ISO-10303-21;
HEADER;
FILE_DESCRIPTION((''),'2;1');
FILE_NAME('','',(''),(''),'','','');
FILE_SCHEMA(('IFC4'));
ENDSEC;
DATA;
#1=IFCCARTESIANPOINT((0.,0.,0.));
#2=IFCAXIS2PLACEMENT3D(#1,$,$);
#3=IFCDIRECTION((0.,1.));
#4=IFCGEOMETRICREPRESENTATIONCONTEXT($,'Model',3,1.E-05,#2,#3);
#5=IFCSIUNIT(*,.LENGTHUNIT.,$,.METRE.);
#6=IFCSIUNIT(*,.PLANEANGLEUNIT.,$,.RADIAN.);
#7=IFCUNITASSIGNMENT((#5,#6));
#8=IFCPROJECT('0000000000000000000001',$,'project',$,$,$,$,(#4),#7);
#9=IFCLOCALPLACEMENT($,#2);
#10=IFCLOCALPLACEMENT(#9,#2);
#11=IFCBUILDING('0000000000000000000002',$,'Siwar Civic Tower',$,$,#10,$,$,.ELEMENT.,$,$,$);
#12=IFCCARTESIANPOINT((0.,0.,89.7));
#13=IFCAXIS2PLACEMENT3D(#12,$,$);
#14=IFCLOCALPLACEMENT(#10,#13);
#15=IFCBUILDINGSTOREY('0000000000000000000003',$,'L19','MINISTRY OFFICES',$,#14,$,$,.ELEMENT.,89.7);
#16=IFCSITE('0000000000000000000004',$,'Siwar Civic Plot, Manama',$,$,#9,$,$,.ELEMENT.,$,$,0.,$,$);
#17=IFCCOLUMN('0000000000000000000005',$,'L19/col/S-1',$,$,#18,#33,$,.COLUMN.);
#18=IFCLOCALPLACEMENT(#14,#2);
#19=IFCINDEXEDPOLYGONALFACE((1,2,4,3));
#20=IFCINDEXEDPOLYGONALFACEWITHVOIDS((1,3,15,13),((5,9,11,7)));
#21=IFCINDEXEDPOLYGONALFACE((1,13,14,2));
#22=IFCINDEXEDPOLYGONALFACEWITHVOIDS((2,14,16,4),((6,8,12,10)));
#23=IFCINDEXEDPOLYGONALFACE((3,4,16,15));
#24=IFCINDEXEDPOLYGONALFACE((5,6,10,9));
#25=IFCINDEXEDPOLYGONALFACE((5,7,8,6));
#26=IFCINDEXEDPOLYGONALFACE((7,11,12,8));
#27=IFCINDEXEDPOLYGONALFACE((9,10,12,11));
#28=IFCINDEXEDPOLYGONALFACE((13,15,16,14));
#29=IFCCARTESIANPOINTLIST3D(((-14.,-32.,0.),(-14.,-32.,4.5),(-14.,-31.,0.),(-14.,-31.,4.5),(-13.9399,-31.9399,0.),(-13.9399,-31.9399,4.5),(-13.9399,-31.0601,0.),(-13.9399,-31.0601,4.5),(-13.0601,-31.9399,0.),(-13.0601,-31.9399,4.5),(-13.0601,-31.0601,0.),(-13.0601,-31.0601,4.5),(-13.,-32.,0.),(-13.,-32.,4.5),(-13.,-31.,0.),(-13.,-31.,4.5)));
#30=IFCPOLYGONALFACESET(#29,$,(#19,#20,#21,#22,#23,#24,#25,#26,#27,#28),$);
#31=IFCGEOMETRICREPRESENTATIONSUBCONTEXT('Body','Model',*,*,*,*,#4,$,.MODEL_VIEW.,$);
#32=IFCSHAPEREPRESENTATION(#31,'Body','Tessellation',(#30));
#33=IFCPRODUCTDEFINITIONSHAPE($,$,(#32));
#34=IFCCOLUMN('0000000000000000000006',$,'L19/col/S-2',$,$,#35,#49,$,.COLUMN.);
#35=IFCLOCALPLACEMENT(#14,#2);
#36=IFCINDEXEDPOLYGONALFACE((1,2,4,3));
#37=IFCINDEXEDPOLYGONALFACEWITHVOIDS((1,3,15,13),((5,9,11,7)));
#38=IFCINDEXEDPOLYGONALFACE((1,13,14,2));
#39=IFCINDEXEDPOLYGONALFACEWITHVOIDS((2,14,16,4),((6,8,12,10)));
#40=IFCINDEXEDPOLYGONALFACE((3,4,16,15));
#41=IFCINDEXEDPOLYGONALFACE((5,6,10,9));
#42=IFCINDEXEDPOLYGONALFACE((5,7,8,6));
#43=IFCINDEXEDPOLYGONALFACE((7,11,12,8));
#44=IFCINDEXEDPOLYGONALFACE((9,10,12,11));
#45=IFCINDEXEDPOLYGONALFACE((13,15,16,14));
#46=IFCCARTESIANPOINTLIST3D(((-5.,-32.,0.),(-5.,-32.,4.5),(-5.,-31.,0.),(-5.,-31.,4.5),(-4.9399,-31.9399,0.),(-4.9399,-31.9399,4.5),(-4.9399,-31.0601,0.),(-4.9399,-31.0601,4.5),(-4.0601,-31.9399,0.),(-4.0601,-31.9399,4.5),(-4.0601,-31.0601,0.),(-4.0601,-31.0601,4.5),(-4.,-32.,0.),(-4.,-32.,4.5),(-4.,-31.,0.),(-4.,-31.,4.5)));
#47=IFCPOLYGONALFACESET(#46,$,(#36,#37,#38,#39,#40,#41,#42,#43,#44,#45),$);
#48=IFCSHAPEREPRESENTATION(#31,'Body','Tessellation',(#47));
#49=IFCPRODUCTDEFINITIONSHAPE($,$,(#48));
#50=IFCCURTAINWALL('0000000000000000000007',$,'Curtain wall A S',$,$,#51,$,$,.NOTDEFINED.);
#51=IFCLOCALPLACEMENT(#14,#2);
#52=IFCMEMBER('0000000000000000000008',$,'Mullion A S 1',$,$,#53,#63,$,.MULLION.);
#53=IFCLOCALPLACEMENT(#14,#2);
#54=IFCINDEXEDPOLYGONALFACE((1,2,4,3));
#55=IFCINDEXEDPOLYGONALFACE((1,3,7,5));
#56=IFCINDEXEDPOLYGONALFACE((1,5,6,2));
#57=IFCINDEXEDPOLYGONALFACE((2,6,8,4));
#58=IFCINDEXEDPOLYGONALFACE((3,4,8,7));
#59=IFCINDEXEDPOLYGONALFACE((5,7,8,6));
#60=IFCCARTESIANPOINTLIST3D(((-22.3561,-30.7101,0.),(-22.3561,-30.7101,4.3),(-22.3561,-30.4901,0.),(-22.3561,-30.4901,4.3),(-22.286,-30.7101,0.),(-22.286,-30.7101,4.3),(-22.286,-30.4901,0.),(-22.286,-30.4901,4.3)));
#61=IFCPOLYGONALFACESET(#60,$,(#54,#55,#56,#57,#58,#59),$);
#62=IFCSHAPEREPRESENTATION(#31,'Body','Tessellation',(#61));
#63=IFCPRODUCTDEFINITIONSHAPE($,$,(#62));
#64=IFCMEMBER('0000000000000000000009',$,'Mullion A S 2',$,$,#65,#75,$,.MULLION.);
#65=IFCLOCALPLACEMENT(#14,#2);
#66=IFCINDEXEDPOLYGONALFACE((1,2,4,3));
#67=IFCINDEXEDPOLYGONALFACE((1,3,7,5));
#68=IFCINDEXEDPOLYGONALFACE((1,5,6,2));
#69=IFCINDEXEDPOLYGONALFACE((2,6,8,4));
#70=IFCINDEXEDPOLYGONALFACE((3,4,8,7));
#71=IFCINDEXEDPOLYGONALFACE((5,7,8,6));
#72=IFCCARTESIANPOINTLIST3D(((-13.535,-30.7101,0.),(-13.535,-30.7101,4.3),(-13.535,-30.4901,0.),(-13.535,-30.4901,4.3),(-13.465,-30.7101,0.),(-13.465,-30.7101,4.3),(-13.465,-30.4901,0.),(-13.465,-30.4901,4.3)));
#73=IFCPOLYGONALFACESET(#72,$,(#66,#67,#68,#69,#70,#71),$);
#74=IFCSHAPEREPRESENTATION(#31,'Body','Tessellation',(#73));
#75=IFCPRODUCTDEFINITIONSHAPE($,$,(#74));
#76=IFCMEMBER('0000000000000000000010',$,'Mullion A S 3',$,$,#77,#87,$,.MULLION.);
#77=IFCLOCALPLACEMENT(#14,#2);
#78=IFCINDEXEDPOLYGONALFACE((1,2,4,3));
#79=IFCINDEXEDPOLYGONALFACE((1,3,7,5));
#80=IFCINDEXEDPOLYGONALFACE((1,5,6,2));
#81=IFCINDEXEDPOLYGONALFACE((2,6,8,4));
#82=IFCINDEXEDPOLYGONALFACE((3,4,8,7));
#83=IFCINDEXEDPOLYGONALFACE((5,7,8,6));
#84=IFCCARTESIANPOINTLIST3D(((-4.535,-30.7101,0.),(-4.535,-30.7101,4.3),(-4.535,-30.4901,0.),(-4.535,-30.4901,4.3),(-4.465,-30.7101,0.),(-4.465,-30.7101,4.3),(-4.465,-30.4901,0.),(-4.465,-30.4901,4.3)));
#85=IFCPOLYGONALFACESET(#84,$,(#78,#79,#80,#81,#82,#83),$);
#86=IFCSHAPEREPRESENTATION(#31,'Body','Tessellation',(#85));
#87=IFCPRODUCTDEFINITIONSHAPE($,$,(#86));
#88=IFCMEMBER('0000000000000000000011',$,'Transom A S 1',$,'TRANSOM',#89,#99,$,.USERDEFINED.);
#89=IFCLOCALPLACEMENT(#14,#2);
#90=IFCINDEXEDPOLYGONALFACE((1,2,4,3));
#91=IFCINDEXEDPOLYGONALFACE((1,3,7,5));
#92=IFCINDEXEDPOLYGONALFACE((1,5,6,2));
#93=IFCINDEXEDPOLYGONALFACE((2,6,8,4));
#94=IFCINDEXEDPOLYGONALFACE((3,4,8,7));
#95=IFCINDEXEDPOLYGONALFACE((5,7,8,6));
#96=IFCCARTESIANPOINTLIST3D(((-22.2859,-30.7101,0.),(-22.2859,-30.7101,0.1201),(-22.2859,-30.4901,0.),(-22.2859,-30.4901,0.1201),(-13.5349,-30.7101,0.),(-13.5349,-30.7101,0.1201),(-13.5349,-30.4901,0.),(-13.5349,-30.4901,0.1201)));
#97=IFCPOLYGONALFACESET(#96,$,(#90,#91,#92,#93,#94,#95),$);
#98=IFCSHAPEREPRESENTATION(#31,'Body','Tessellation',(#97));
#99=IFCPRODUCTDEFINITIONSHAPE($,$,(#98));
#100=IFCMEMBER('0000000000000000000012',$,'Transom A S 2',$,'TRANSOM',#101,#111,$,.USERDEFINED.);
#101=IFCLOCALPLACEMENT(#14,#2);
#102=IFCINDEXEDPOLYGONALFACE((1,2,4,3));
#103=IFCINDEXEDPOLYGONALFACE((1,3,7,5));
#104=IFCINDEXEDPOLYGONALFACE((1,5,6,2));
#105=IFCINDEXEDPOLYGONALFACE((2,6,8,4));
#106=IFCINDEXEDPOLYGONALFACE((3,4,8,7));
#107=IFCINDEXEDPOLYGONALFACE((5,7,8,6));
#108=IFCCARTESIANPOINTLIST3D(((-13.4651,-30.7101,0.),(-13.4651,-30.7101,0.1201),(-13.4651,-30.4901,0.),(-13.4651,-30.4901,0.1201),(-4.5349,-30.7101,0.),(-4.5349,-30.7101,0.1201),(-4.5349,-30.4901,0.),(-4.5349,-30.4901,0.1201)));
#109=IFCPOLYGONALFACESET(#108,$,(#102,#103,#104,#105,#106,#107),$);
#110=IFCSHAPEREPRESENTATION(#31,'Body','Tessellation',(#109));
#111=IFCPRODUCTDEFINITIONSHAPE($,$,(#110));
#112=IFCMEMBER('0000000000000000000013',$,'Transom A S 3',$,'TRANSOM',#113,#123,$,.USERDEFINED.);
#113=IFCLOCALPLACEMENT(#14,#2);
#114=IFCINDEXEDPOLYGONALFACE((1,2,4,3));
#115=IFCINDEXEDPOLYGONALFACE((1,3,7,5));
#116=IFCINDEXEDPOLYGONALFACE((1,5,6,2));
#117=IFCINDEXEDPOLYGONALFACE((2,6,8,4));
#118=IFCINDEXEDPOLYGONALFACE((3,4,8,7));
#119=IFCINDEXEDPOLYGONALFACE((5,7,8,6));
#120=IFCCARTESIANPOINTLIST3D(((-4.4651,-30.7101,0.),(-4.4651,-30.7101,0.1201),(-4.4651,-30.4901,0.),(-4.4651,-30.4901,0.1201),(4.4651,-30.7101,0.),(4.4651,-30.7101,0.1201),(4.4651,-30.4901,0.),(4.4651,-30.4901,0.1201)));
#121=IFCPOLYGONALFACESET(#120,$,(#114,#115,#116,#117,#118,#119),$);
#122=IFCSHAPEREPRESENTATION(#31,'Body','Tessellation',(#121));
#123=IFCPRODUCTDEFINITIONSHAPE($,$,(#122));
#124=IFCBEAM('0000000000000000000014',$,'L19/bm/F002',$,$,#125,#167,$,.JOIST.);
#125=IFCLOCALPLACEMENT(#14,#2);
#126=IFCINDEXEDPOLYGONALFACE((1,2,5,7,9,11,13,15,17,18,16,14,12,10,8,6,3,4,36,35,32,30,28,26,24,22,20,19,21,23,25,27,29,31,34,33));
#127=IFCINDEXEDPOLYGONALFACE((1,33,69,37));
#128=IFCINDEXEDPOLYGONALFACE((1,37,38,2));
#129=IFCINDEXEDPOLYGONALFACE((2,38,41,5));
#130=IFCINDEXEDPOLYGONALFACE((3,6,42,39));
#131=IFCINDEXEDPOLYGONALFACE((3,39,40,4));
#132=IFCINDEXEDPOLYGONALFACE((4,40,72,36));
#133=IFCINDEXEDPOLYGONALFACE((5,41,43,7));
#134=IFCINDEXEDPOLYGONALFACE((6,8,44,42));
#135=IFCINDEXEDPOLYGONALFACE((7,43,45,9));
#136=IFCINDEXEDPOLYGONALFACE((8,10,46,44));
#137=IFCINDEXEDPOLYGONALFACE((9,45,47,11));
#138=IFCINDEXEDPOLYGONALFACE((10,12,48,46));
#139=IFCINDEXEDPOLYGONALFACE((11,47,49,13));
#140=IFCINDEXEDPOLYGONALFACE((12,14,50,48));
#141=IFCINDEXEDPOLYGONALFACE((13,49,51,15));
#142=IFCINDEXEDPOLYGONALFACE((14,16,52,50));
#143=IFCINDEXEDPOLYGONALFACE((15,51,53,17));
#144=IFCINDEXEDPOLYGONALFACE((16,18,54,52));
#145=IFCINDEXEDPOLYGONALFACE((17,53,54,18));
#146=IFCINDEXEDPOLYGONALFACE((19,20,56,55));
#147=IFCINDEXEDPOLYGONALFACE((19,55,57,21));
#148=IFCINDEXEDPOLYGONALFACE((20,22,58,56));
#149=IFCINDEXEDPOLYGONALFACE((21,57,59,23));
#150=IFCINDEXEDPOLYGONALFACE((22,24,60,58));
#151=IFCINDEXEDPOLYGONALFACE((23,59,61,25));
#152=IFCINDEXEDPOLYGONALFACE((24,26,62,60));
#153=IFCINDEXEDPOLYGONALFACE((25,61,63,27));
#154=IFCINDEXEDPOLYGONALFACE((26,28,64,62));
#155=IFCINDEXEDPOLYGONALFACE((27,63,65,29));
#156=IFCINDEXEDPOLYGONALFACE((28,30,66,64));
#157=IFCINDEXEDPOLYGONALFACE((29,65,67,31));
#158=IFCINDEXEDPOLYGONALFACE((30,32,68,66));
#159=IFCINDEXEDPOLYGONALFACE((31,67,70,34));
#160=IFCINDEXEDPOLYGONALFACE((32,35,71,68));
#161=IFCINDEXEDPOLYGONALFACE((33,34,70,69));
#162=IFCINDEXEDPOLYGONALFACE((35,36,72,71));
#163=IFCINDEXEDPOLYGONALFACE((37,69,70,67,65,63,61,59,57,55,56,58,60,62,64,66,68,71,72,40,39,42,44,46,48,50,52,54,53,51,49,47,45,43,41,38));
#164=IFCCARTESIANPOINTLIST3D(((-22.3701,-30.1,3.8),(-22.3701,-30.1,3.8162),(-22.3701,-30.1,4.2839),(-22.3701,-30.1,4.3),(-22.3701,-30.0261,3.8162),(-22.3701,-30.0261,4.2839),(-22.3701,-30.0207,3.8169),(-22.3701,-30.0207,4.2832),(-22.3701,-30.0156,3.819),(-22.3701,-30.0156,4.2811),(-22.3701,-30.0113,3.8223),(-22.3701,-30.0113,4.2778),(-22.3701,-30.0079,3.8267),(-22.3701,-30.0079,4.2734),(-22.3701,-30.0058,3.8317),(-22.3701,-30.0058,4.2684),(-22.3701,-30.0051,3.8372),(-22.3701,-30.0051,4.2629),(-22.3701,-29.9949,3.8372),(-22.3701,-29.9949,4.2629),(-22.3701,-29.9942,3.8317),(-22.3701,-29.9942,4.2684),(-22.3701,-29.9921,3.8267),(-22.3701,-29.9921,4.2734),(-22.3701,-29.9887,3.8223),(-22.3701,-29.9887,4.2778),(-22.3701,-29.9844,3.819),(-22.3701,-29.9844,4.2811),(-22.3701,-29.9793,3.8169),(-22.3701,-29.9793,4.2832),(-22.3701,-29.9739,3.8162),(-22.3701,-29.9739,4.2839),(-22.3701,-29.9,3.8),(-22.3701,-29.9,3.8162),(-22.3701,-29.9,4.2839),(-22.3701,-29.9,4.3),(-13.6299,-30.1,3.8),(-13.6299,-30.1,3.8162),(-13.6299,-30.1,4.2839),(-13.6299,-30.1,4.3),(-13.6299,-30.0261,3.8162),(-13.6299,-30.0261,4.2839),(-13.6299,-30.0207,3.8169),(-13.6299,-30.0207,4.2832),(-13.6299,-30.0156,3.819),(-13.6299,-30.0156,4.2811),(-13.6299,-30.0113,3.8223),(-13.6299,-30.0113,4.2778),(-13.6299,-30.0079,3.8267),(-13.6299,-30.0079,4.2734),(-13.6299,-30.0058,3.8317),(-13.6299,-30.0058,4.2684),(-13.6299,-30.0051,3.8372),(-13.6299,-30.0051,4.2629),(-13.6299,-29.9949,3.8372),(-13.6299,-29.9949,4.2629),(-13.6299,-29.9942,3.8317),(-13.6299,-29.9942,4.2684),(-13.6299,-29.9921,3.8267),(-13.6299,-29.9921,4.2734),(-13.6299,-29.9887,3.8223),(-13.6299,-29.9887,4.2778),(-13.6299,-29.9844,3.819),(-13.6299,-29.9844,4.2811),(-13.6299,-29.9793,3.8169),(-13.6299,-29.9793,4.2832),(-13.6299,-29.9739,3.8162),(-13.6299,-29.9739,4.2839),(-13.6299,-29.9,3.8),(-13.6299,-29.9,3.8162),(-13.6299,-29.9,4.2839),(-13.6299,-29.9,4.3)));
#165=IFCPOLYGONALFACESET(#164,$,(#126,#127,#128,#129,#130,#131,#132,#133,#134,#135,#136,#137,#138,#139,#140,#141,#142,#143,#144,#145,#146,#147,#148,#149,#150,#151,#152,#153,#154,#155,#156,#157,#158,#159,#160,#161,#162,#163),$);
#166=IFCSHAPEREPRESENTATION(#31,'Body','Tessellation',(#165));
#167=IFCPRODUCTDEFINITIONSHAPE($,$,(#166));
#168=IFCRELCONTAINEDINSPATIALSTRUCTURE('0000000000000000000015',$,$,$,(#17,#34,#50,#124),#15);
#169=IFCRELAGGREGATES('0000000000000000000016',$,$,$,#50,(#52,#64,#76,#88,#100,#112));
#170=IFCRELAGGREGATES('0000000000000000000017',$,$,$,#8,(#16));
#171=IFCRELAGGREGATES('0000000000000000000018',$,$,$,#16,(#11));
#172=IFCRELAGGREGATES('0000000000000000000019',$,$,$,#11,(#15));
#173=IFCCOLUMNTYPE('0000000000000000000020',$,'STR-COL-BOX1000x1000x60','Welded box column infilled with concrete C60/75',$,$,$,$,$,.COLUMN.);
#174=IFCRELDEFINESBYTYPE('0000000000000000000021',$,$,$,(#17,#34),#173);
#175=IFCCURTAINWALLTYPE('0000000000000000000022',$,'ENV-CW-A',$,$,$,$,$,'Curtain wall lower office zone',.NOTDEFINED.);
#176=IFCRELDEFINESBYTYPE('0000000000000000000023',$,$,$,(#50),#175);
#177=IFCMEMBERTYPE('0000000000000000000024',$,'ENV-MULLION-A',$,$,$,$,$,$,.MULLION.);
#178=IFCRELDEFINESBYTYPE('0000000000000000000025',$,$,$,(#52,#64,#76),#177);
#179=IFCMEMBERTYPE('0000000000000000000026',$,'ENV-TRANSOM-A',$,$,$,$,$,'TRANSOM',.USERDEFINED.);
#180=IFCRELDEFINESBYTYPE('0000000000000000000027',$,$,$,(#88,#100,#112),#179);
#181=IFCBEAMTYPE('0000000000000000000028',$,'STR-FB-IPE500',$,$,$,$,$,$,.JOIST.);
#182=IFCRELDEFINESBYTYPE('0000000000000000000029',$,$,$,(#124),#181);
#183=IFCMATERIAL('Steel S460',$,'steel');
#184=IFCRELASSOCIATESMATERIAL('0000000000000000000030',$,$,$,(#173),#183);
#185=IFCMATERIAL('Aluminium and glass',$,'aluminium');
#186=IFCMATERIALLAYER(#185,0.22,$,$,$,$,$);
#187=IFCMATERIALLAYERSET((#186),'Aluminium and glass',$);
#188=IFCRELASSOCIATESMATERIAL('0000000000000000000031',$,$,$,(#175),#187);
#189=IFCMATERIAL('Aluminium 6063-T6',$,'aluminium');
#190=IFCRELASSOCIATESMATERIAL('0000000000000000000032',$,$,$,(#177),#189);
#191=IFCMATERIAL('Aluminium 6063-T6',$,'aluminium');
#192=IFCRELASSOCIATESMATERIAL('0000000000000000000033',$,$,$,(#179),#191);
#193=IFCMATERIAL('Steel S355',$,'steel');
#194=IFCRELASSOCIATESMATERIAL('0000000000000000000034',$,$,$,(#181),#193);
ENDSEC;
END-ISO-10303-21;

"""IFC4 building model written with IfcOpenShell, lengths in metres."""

from ifc_helpers import new_model, si_unit, direction, frame, origin, origin_2d, place, context, subcontext, project, spatial, rectangle, hollow_rectangle, i_section, extrude, material, layer, layer_set, material_profile, profile_set, type_object, element, aggregate, save


model = new_model("IFC4")

# Units and contexts
model_context = context("Model", 3, precision=1e-05, world=origin(), true_north=direction((0.0, 1.0)))
body_context = subcontext(model_context, "Body", "Model", "MODEL_VIEW")
ifc_project = project(units=[si_unit("LENGTHUNIT", "METRE"), si_unit("PLANEANGLEUNIT", "RADIAN")], contexts=[model_context])

# Site, building, storey
site_placement = place(None, origin())
site = spatial("IfcSite", under=ifc_project, at=site_placement, Name="Siwar Civic Plot, Manama", CompositionType="ELEMENT", RefElevation=0.0)
building_placement = place(site_placement, origin())
building = spatial("IfcBuilding", under=site, at=building_placement, Name="Siwar Civic Tower", CompositionType="ELEMENT")
storey_placement = place(building_placement, frame((0.0, 0.0, 89.7)))
storey = spatial("IfcBuildingStorey", under=building, at=storey_placement, Name="L19", Description="MINISTRY OFFICES", CompositionType="ELEMENT", Elevation=89.7)

# Columns
ifc_material_1 = material(Name="Steel S460", Category="steel")
ifc_material_profile_1 = material_profile(ifc_material_1, hollow_rectangle(XDim=1.0, YDim=1.0, WallThickness=0.0601, at=origin_2d()), Name="BOX1000x1000x60")
ifc_profile_set_1 = profile_set([ifc_material_profile_1], Name="Steel S460")
column_type = type_object("IfcColumnType", Name="STR-COL-BOX1000x1000x60", Description="Welded box column infilled with concrete C60/75", PredefinedType="COLUMN", material=ifc_profile_set_1)
for number, where, z_axis, x_axis, name in (
    (1, (-13.5, -31.5, 0.0), (0.0, 0.0, 1.0), (1.0, 0.0, 0.0), "L19/col/S-1"),
    (2, (-4.5, -31.5, 0.0), (0.0, 0.0, 1.0), (1.0, 0.0, 0.0), "L19/col/S-2"),
):
    element("IfcColumn", number, at=place(storey_placement, frame(where, z_axis=z_axis, x_axis=x_axis)), inside=storey, type_object=column_type, Name=name, PredefinedType="COLUMN", context=body_context, shape_type="SweptSolid", body=[
        extrude(hollow_rectangle(XDim=1.0, YDim=1.0, WallThickness=0.0601, at=origin_2d()), origin(), (0.0, 0.0, 1.0), 4.5),
    ])

# Curtain wall, members
ifc_material_2 = material(Name="Aluminium and glass", Category="aluminium")
ifc_layer_1 = layer(ifc_material_2, 0.22)
ifc_layer_set_1 = layer_set([ifc_layer_1], Name="Aluminium and glass")
curtain_wall_type = type_object("IfcCurtainWallType", Name="ENV-CW-A", ElementType="Curtain wall lower office zone", PredefinedType="NOTDEFINED", material=ifc_layer_set_1)
curtain_wall_placement = place(storey_placement, origin())
curtain_wall = element("IfcCurtainWall", 3, at=curtain_wall_placement, inside=storey, type_object=curtain_wall_type, Name="Curtain wall A S", PredefinedType="NOTDEFINED")
ifc_material_3 = material(Name="Aluminium 6063-T6", Category="aluminium")
ifc_material_profile_2 = material_profile(ifc_material_3, rectangle(XDim=0.22, YDim=0.0701, at=origin_2d()), Name="AL 220x70")
ifc_profile_set_2 = profile_set([ifc_material_profile_2], Name="Aluminium 6063-T6")
member_type_1 = type_object("IfcMemberType", Name="ENV-MULLION-A", PredefinedType="MULLION", material=ifc_profile_set_2)
member_1_placement = place(storey_placement, frame((-22.321, -30.6001, 0.0), z_axis=(0.0, 0.0, 1.0), x_axis=(0.0, 1.0, 0.0)))
member_1 = element("IfcMember", 4, at=member_1_placement, type_object=member_type_1, Name="Mullion A S 1", PredefinedType="MULLION", context=body_context, shape_type="SweptSolid", body=[
    extrude(rectangle(XDim=0.22, YDim=0.0701, at=origin_2d()), origin(), (0.0, 0.0, 1.0), 4.3),
])
member_2_placement = place(storey_placement, frame((-13.5, -30.6001, 0.0), z_axis=(0.0, 0.0, 1.0), x_axis=(0.0, 1.0, 0.0)))
member_2 = element("IfcMember", 5, at=member_2_placement, type_object=member_type_1, Name="Mullion A S 2", PredefinedType="MULLION", context=body_context, shape_type="SweptSolid", body=[
    extrude(rectangle(XDim=0.22, YDim=0.0701, at=origin_2d()), origin(), (0.0, 0.0, 1.0), 4.3),
])
member_3_placement = place(storey_placement, frame((-4.5, -30.6001, 0.0), z_axis=(0.0, 0.0, 1.0), x_axis=(0.0, 1.0, 0.0)))
member_3 = element("IfcMember", 6, at=member_3_placement, type_object=member_type_1, Name="Mullion A S 3", PredefinedType="MULLION", context=body_context, shape_type="SweptSolid", body=[
    extrude(rectangle(XDim=0.22, YDim=0.0701, at=origin_2d()), origin(), (0.0, 0.0, 1.0), 4.3),
])
ifc_material_4 = material(Name="Aluminium 6063-T6", Category="aluminium")
ifc_material_profile_3 = material_profile(ifc_material_4, rectangle(XDim=0.22, YDim=0.1201, at=origin_2d()), Name="AL 220x120")
ifc_profile_set_3 = profile_set([ifc_material_profile_3], Name="Aluminium 6063-T6")
member_type_2 = type_object("IfcMemberType", Name="ENV-TRANSOM-A", ElementType="TRANSOM", PredefinedType="USERDEFINED", material=ifc_profile_set_3)
member_4_placement = place(storey_placement, frame((-22.2859, -30.6001, 0.0601), z_axis=(1.0, 0.0, 0.0), x_axis=(0.0, 1.0, 0.0)))
member_4 = element("IfcMember", 7, at=member_4_placement, type_object=member_type_2, Name="Transom A S 1", ObjectType="TRANSOM", PredefinedType="USERDEFINED", context=body_context, shape_type="SweptSolid", body=[
    extrude(rectangle(XDim=0.22, YDim=0.1201, at=origin_2d()), origin(), (0.0, 0.0, 1.0), 8.751),
])
member_5_placement = place(storey_placement, frame((-13.4651, -30.6001, 0.0601), z_axis=(1.0, 0.0, 0.0), x_axis=(0.0, 1.0, 0.0)))
member_5 = element("IfcMember", 8, at=member_5_placement, type_object=member_type_2, Name="Transom A S 2", ObjectType="TRANSOM", PredefinedType="USERDEFINED", context=body_context, shape_type="SweptSolid", body=[
    extrude(rectangle(XDim=0.22, YDim=0.1201, at=origin_2d()), origin(), (0.0, 0.0, 1.0), 8.9302),
])
member_6_placement = place(storey_placement, frame((-4.4651, -30.6001, 0.0601), z_axis=(1.0, 0.0, 0.0), x_axis=(0.0, 1.0, 0.0)))
member_6 = element("IfcMember", 9, at=member_6_placement, type_object=member_type_2, Name="Transom A S 3", ObjectType="TRANSOM", PredefinedType="USERDEFINED", context=body_context, shape_type="SweptSolid", body=[
    extrude(rectangle(XDim=0.22, YDim=0.1201, at=origin_2d()), origin(), (0.0, 0.0, 1.0), 8.9302),
])

# Beam
ifc_material_5 = material(Name="Steel S355", Category="steel")
ifc_material_profile_4 = material_profile(ifc_material_5, i_section(OverallWidth=0.2, OverallDepth=0.5, WebThickness=0.0103, FlangeThickness=0.0161, FilletRadius=0.021, at=origin_2d()), Name="IPE500")
ifc_profile_set_4 = profile_set([ifc_material_profile_4], Name="Steel S355")
beam_type_1 = type_object("IfcBeamType", Name="STR-FB-IPE500", PredefinedType="JOIST", material=ifc_profile_set_4)
for number, where, z_axis, x_axis, name in (
    (10, (-22.3701, -30.0, 4.05), (1.0, 0.0, 0.0), (0.0, 1.0, 0.0), "L19/bm/F002"),
):
    element("IfcBeam", number, at=place(storey_placement, frame(where, z_axis=z_axis, x_axis=x_axis)), inside=storey, type_object=beam_type_1, Name=name, PredefinedType="JOIST", context=body_context, shape_type="SweptSolid", body=[
        extrude(i_section(OverallWidth=0.2, OverallDepth=0.5, WebThickness=0.0103, FlangeThickness=0.0161, FilletRadius=0.021, at=origin_2d()), origin(), (0.0, 0.0, 1.0), 8.7402),
    ])

aggregate(curtain_wall, [member_1, member_2, member_3, member_4, member_5, member_6])

save(model, "model.ifc")
